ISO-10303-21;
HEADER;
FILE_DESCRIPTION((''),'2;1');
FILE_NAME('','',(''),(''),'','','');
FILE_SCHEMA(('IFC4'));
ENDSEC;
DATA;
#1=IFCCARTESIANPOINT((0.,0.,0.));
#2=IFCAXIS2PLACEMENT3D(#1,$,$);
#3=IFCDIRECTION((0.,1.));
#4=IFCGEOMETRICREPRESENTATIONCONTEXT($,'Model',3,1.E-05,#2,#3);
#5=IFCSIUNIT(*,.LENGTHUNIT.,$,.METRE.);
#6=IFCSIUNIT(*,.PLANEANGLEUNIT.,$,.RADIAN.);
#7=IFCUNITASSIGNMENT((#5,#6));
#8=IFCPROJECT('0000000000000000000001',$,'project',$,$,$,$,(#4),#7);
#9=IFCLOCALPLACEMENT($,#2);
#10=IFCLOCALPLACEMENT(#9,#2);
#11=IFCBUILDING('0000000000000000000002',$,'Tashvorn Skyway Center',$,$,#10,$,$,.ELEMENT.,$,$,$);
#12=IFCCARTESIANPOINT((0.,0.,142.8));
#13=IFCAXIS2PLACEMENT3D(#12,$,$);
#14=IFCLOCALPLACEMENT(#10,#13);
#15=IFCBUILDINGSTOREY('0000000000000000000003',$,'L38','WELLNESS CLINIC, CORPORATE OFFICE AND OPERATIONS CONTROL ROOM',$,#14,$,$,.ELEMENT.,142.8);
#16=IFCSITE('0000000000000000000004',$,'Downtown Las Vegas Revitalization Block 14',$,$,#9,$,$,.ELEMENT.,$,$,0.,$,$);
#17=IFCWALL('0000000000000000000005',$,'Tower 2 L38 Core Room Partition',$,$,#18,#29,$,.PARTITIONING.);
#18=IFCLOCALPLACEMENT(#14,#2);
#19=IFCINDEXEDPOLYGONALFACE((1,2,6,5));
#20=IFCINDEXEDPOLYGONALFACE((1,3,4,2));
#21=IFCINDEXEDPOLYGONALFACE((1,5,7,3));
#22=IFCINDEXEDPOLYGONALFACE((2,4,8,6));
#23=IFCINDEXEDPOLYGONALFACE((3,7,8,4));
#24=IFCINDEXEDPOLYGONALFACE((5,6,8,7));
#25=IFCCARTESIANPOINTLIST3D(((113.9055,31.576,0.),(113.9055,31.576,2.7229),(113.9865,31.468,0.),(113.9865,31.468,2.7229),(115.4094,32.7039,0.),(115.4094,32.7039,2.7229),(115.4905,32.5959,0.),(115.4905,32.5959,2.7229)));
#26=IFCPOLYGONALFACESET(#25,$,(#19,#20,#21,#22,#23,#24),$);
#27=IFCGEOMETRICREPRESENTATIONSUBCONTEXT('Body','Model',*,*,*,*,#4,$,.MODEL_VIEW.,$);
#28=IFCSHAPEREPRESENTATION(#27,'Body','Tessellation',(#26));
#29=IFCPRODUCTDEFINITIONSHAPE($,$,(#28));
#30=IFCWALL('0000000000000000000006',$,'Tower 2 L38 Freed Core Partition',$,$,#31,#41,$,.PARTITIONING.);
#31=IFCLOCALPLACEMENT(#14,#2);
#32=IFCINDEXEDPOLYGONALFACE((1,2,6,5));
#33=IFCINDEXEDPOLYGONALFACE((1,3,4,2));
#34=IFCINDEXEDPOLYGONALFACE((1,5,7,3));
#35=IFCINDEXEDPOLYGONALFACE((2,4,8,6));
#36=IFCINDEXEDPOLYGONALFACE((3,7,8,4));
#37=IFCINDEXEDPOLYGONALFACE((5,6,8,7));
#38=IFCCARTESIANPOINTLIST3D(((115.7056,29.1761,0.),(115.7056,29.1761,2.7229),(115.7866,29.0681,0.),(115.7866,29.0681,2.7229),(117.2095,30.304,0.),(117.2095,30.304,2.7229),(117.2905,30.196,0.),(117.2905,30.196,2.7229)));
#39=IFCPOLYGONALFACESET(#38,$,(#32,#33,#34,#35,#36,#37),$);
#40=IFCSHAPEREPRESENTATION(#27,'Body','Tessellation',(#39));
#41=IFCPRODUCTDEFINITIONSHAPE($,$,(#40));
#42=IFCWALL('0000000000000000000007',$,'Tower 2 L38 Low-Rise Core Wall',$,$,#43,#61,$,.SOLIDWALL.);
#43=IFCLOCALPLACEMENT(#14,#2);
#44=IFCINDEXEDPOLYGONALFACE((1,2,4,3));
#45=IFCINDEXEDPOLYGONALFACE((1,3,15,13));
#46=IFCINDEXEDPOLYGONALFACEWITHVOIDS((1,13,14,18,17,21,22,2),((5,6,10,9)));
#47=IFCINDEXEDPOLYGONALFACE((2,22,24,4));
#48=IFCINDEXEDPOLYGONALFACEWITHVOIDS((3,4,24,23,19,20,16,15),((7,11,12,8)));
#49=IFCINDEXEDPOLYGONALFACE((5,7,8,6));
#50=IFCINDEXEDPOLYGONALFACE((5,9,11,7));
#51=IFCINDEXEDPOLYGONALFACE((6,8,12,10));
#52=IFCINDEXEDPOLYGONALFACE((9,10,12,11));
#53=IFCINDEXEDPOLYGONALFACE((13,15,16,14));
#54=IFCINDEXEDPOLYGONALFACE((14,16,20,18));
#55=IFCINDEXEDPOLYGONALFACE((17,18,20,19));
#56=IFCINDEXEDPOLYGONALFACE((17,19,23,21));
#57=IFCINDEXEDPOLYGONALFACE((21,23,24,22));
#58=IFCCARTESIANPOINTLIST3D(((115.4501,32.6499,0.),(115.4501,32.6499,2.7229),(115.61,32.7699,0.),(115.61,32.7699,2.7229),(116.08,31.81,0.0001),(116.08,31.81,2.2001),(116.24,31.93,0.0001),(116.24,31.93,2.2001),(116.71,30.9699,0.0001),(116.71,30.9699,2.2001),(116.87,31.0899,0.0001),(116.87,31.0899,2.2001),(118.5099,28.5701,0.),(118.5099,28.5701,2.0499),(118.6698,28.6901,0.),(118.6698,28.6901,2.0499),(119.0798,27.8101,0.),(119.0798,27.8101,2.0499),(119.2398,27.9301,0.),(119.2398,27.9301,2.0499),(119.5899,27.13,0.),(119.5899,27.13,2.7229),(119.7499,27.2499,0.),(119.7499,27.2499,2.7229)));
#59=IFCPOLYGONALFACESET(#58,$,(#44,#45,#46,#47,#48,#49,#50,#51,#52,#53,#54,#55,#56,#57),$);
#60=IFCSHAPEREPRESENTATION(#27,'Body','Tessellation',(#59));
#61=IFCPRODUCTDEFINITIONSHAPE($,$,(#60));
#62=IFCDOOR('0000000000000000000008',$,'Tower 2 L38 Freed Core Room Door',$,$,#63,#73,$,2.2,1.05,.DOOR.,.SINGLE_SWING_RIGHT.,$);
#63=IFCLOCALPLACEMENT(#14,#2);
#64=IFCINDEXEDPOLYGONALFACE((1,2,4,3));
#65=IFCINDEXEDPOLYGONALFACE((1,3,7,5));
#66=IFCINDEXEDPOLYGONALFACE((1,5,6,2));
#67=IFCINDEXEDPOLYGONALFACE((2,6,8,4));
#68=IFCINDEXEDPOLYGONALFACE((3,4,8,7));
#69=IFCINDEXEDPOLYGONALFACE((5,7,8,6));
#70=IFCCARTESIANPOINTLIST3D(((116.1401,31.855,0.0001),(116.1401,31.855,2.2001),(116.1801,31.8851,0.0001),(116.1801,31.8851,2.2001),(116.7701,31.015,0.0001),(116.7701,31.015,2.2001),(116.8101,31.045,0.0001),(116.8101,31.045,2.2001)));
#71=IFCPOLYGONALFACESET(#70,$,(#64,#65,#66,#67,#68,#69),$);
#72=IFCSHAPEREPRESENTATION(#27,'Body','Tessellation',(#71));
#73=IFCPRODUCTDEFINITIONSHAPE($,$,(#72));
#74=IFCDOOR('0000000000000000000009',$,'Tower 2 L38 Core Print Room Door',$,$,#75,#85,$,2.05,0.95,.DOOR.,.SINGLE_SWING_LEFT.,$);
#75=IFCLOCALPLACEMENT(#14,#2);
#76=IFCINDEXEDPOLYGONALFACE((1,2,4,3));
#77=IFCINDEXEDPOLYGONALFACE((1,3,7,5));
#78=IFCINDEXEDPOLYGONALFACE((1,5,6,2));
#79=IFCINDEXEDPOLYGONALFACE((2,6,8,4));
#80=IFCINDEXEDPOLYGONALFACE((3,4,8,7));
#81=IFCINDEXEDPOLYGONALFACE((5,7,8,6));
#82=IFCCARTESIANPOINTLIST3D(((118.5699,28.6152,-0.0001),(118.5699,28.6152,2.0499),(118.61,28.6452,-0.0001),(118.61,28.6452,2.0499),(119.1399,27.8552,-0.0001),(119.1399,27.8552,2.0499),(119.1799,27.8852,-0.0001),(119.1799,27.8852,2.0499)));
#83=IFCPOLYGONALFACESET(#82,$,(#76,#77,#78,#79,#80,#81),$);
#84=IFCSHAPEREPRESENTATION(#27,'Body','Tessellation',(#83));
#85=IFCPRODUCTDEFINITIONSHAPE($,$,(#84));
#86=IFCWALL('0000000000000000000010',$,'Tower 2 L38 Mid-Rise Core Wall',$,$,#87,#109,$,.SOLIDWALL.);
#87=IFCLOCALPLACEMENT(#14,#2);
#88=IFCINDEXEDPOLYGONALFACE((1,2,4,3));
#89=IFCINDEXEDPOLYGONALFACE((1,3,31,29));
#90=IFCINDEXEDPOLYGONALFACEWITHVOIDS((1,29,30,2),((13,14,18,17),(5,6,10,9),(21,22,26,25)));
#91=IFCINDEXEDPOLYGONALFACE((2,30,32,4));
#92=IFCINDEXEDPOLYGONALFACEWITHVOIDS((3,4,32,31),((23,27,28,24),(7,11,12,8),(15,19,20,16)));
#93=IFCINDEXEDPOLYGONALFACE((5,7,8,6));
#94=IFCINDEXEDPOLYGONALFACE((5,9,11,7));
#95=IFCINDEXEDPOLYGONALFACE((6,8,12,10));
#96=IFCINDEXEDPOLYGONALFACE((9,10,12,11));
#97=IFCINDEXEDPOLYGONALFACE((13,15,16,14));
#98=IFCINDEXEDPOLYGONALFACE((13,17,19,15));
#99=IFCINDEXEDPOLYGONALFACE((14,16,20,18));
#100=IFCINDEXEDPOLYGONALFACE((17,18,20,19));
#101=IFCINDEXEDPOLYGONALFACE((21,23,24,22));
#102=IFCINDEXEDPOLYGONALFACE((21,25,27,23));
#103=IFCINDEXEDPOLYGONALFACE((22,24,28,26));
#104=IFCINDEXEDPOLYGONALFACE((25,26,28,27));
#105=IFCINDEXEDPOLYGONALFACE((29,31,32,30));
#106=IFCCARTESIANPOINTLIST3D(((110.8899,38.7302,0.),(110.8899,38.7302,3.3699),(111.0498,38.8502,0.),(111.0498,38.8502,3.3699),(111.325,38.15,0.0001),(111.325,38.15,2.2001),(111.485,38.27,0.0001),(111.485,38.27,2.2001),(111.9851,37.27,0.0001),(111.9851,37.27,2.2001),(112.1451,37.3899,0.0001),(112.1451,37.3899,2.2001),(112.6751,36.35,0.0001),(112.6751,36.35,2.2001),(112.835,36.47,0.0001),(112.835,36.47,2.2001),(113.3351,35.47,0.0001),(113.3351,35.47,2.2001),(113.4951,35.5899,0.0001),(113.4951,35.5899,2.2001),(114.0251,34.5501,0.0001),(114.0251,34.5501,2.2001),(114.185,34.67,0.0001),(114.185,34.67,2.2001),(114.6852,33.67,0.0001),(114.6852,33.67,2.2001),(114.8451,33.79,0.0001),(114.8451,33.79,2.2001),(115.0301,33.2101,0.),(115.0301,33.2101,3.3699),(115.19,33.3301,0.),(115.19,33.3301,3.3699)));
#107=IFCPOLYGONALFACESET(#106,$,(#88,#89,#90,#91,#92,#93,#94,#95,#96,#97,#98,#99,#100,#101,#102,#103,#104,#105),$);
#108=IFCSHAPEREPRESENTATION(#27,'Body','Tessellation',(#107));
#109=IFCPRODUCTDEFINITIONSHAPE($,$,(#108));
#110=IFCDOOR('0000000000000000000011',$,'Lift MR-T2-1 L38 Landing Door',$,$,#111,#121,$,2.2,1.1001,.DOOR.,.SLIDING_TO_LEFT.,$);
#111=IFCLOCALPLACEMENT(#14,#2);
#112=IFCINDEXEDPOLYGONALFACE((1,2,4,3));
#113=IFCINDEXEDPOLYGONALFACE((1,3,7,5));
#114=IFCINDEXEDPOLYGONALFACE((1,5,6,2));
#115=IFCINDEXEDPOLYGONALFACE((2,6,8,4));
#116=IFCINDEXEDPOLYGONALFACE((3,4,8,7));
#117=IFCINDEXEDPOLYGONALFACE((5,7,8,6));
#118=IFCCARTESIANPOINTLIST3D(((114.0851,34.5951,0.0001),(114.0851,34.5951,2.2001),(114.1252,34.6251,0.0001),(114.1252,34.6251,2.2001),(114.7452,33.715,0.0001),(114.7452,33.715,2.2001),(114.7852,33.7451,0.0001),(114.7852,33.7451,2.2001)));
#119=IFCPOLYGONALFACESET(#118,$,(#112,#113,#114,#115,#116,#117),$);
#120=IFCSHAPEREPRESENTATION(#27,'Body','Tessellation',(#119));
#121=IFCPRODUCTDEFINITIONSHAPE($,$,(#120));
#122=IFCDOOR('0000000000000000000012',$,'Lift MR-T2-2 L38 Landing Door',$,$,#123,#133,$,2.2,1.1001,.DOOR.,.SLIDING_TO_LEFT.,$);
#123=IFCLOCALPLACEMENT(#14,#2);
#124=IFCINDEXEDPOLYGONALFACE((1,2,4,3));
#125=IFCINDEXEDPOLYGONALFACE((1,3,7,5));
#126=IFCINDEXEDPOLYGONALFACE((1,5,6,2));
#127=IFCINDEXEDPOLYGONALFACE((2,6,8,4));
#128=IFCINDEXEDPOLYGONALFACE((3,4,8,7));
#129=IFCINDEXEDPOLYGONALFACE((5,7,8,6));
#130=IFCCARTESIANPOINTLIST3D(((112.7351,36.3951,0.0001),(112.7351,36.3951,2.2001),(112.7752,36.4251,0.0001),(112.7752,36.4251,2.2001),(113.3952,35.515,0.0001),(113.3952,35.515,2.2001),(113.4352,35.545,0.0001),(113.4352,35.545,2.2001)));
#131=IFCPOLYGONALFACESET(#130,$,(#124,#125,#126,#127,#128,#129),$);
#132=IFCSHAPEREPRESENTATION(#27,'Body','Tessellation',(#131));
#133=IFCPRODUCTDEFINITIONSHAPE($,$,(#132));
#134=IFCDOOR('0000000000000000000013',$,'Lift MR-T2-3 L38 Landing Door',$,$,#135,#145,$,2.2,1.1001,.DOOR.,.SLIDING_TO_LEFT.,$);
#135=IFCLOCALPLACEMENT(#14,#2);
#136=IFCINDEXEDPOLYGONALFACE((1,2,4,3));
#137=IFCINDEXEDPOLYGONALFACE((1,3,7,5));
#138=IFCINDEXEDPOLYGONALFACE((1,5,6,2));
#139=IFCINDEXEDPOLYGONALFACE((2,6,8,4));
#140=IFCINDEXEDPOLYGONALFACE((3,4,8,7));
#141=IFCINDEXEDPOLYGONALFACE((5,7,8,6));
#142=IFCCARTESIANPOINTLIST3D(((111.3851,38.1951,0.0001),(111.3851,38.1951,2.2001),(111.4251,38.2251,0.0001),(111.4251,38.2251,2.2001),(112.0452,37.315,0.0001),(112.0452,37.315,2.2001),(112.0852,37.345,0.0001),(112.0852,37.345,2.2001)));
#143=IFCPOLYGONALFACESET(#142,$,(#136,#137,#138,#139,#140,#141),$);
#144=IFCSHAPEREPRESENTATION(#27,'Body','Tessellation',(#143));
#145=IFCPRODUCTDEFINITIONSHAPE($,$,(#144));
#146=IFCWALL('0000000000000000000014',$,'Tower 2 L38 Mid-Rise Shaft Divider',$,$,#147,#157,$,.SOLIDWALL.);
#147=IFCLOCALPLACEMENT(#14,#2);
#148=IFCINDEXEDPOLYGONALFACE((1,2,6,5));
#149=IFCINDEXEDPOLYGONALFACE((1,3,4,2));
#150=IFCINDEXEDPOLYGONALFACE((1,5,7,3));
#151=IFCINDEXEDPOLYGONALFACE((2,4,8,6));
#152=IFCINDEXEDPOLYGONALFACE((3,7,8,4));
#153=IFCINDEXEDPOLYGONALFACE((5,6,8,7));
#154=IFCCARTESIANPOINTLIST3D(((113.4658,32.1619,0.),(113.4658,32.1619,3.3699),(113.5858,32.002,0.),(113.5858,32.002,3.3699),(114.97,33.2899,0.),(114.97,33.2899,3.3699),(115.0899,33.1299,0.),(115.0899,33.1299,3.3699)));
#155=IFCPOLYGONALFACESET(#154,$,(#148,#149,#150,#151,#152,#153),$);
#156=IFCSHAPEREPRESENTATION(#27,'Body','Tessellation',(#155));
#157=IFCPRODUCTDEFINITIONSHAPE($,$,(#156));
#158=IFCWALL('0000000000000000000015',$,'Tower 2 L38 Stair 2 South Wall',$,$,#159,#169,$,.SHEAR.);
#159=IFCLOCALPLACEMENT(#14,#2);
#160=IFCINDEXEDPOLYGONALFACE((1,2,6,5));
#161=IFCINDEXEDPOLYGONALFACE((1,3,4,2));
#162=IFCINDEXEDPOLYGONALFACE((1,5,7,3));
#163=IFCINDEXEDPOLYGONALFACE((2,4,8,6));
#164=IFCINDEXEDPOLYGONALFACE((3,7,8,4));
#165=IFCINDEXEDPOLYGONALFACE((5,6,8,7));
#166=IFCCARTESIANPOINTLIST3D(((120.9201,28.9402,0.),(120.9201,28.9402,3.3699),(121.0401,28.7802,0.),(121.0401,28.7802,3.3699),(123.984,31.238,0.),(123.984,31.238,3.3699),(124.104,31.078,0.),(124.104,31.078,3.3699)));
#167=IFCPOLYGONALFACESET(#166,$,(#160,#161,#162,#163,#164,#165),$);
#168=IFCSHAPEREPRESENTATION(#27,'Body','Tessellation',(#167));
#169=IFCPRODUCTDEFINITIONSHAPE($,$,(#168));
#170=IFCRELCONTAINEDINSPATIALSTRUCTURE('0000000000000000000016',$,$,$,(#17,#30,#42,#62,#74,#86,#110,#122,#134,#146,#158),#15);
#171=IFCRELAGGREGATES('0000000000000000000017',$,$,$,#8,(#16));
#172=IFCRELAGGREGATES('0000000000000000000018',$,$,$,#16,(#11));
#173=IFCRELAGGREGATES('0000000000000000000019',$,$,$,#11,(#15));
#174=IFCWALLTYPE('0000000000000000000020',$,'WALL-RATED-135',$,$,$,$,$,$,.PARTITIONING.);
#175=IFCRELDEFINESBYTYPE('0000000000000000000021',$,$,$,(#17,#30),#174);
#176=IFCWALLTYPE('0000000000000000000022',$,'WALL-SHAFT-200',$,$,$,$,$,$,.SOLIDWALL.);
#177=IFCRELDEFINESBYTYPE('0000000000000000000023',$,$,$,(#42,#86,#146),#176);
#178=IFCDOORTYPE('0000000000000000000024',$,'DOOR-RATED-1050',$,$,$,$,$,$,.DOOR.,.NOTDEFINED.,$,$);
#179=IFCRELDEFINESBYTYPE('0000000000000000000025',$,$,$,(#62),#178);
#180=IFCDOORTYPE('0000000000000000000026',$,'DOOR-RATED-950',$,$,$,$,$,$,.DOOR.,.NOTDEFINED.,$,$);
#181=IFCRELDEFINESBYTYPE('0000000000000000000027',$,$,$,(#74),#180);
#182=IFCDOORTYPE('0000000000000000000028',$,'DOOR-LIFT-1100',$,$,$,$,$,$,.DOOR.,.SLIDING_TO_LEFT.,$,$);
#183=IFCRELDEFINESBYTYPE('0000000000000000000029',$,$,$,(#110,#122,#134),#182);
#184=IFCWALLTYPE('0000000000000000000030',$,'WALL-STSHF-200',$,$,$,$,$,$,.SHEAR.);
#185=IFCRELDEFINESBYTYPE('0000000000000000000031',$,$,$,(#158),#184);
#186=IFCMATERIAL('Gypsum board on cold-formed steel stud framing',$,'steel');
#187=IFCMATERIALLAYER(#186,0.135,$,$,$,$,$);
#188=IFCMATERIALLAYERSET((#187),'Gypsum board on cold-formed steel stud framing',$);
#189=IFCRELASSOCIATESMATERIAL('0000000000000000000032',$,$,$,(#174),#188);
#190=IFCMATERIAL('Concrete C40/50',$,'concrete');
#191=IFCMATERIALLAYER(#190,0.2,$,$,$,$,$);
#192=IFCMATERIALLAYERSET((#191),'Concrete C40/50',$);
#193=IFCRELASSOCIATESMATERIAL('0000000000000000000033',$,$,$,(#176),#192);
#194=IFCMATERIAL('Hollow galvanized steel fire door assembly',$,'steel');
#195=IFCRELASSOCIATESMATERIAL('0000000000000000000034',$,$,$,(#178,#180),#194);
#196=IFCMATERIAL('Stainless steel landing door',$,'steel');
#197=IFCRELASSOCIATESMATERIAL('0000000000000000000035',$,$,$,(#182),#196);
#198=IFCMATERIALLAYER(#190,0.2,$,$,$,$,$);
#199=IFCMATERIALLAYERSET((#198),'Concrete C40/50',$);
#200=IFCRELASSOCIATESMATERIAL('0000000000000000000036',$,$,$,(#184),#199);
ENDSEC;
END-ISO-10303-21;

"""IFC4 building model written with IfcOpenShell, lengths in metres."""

from ifc_helpers import new_model, si_unit, direction, frame, frame_2d, origin, place, context, subcontext, project, spatial, rectangle, extrude, material, layer, layer_set, type_object, element, fill, save


model = new_model("IFC4")

# Units and contexts
model_context = context("Model", 3, precision=1e-05, world=origin(), true_north=direction((0.0, 1.0)))
body_context = subcontext(model_context, "Body", "Model", "MODEL_VIEW")
ifc_project = project(units=[si_unit("LENGTHUNIT", "METRE"), si_unit("PLANEANGLEUNIT", "RADIAN")], contexts=[model_context])

# Site, building, storey
site_placement = place(None, origin())
site = spatial("IfcSite", under=ifc_project, at=site_placement, Name="Downtown Las Vegas Revitalization Block 14", CompositionType="ELEMENT", RefElevation=0.0)
building_placement = place(site_placement, origin())
building = spatial("IfcBuilding", under=site, at=building_placement, Name="Tashvorn Skyway Center", CompositionType="ELEMENT")
storey_placement = place(building_placement, frame((0.0, 0.0, 142.8)))
storey = spatial("IfcBuildingStorey", under=building, at=storey_placement, Name="L38", Description="WELLNESS CLINIC, CORPORATE OFFICE AND OPERATIONS CONTROL ROOM", CompositionType="ELEMENT", Elevation=142.8)

# Walls
ifc_material_1 = material(Name="Gypsum board on cold-formed steel stud framing", Category="steel")
ifc_layer_1 = layer(ifc_material_1, 0.135)
ifc_layer_set_1 = layer_set([ifc_layer_1], Name="Gypsum board on cold-formed steel stud framing")
wall_type_1 = type_object("IfcWallType", Name="WALL-RATED-135", PredefinedType="PARTITIONING", material=ifc_layer_set_1)
for number, where, z_axis, x_axis, name in (
    (1, (113.946, 31.522, 0.0), (0.0, 0.0, 1.0), (0.8, 0.6, 0.0), "Tower 2 L38 Core Room Partition"),
    (2, (115.7461, 29.1221, 0.0), (0.0, 0.0, 1.0), (0.8, 0.6, 0.0), "Tower 2 L38 Freed Core Partition"),
):
    element("IfcWall", number, at=place(storey_placement, frame(where, z_axis=z_axis, x_axis=x_axis)), inside=storey, type_object=wall_type_1, Name=name, PredefinedType="PARTITIONING", context=body_context, shape_type="SweptSolid", body=[
        extrude(rectangle(XDim=1.8799, YDim=0.135, at=frame_2d((0.9399, 0.0))), origin(), (0.0, 0.0, 1.0), 2.7229),
    ])

# Walls, openings, doors
ifc_material_2 = material(Name="Concrete C40/50", Category="concrete")
ifc_layer_2 = layer(ifc_material_2, 0.2)
ifc_layer_set_2 = layer_set([ifc_layer_2], Name="Concrete C40/50")
wall_type_2 = type_object("IfcWallType", Name="WALL-SHAFT-200", PredefinedType="SOLIDWALL", material=ifc_layer_set_2)
wall_1_placement = place(storey_placement, frame((119.6699, 27.1899, 0.0), z_axis=(0.0, 0.0, 1.0), x_axis=(-0.599989, 0.800008, 0.0)))
wall_1 = element("IfcWall", 3, at=wall_1_placement, inside=storey, type_object=wall_type_2, Name="Tower 2 L38 Low-Rise Core Wall", PredefinedType="SOLIDWALL", context=body_context, shape_type="SweptSolid", body=[
    extrude(rectangle(XDim=6.8999, YDim=0.2, at=frame_2d((3.45, 0.0))), origin(), (0.0, 0.0, 1.0), 2.7229),
])
opening_1_placement = place(wall_1_placement, frame((0.8501, 0.0, 0.0)))
opening_1 = element("IfcOpeningElement", 4, at=opening_1_placement, cuts=wall_1, PredefinedType="OPENING", context=body_context, shape_type="SweptSolid", body=[
    extrude(rectangle(XDim=0.95, YDim=2.05, at=frame_2d((0.4751, 1.0249))), frame((0.0, 0.1099, 0.0), z_axis=(0.0, -1.0, 0.0), x_axis=(1.0, 0.0, 0.0)), (0.0, 0.0, 1.0), 0.22),
])
opening_2_placement = place(wall_1_placement, frame((4.8, 0.0, 0.0)))
opening_2 = element("IfcOpeningElement", 5, at=opening_2_placement, cuts=wall_1, PredefinedType="OPENING", context=body_context, shape_type="SweptSolid", body=[
    extrude(rectangle(XDim=1.05, YDim=2.2, at=frame_2d((0.5249, 1.1001))), frame((0.0, 0.1099, 0.0), z_axis=(0.0, -1.0, 0.0), x_axis=(1.0, 0.0, 0.0)), (0.0, 0.0, 1.0), 0.22),
])
ifc_material_3 = material(Name="Hollow galvanized steel fire door assembly", Category="steel")
door_type_1 = type_object("IfcDoorType", Name="DOOR-RATED-1050", OperationType="NOTDEFINED", PredefinedType="DOOR", material=ifc_material_3)
door_1_placement = place(opening_2_placement, origin())
door_1 = element("IfcDoor", 6, at=door_1_placement, inside=storey, type_object=door_type_1, Name="Tower 2 L38 Freed Core Room Door", OperationType="SINGLE_SWING_RIGHT", OverallHeight=2.2, OverallWidth=1.05, PredefinedType="DOOR", context=body_context, shape_type="SweptSolid", body=[
    extrude(rectangle(XDim=1.05, YDim=2.2, at=frame_2d((0.5249, 1.1001))), frame((0.0, 0.0249, 0.0), z_axis=(0.0, -1.0, 0.0), x_axis=(1.0, 0.0, 0.0)), (0.0, 0.0, 1.0), 0.05),
])
fill(opening_2, door_1)
door_type_2 = type_object("IfcDoorType", Name="DOOR-RATED-950", OperationType="NOTDEFINED", PredefinedType="DOOR", material=ifc_material_3)
door_2_placement = place(opening_1_placement, origin())
door_2 = element("IfcDoor", 7, at=door_2_placement, inside=storey, type_object=door_type_2, Name="Tower 2 L38 Core Print Room Door", OperationType="SINGLE_SWING_LEFT", OverallHeight=2.05, OverallWidth=0.95, PredefinedType="DOOR", context=body_context, shape_type="SweptSolid", body=[
    extrude(rectangle(XDim=0.95, YDim=2.05, at=frame_2d((0.4751, 1.0249))), frame((0.0, 0.0249, 0.0), z_axis=(0.0, -1.0, 0.0), x_axis=(1.0, 0.0, 0.0)), (0.0, 0.0, 1.0), 0.05),
])
fill(opening_1, door_2)
wall_2_placement = place(storey_placement, frame((115.1101, 33.27, 0.0), z_axis=(0.0, 0.0, 1.0), x_axis=(-0.600011, 0.799992, 0.0)))
wall_2 = element("IfcWall", 8, at=wall_2_placement, inside=storey, type_object=wall_type_2, Name="Tower 2 L38 Mid-Rise Core Wall", PredefinedType="SOLIDWALL", context=body_context, shape_type="SweptSolid", body=[
    extrude(rectangle(XDim=6.9001, YDim=0.2, at=frame_2d((3.4502, 0.0))), origin(), (0.0, 0.0, 1.0), 3.3699),
])
opening_3_placement = place(wall_2_placement, frame((0.575, 0.0, 0.0)))
opening_3 = element("IfcOpeningElement", 9, at=opening_3_placement, cuts=wall_2, PredefinedType="OPENING", context=body_context, shape_type="SweptSolid", body=[
    extrude(rectangle(XDim=1.1001, YDim=2.2, at=frame_2d((0.55, 1.1001))), frame((0.0, 0.1099, 0.0), z_axis=(0.0, -1.0, 0.0), x_axis=(1.0, 0.0, 0.0)), (0.0, 0.0, 1.0), 0.22),
])
opening_4_placement = place(wall_2_placement, frame((2.825, 0.0, 0.0)))
opening_4 = element("IfcOpeningElement", 10, at=opening_4_placement, cuts=wall_2, PredefinedType="OPENING", context=body_context, shape_type="SweptSolid", body=[
    extrude(rectangle(XDim=1.1001, YDim=2.2, at=frame_2d((0.55, 1.1001))), frame((0.0, 0.1099, 0.0), z_axis=(0.0, -1.0, 0.0), x_axis=(1.0, 0.0, 0.0)), (0.0, 0.0, 1.0), 0.22),
])
opening_5_placement = place(wall_2_placement, frame((5.075, 0.0, 0.0)))
opening_5 = element("IfcOpeningElement", 11, at=opening_5_placement, cuts=wall_2, PredefinedType="OPENING", context=body_context, shape_type="SweptSolid", body=[
    extrude(rectangle(XDim=1.1001, YDim=2.2, at=frame_2d((0.55, 1.1001))), frame((0.0, 0.1099, 0.0), z_axis=(0.0, -1.0, 0.0), x_axis=(1.0, 0.0, 0.0)), (0.0, 0.0, 1.0), 0.22),
])
ifc_material_4 = material(Name="Stainless steel landing door", Category="steel")
door_type_3 = type_object("IfcDoorType", Name="DOOR-LIFT-1100", OperationType="SLIDING_TO_LEFT", PredefinedType="DOOR", material=ifc_material_4)
door_3_placement = place(opening_3_placement, origin())
door_3 = element("IfcDoor", 12, at=door_3_placement, inside=storey, type_object=door_type_3, Name="Lift MR-T2-1 L38 Landing Door", OperationType="SLIDING_TO_LEFT", OverallHeight=2.2, OverallWidth=1.1001, PredefinedType="DOOR", context=body_context, shape_type="SweptSolid", body=[
    extrude(rectangle(XDim=1.1001, YDim=2.2, at=frame_2d((0.55, 1.1001))), frame((0.0, 0.0249, 0.0), z_axis=(0.0, -1.0, 0.0), x_axis=(1.0, 0.0, 0.0)), (0.0, 0.0, 1.0), 0.05),
])
fill(opening_3, door_3)
door_4_placement = place(opening_4_placement, origin())
door_4 = element("IfcDoor", 13, at=door_4_placement, inside=storey, type_object=door_type_3, Name="Lift MR-T2-2 L38 Landing Door", OperationType="SLIDING_TO_LEFT", OverallHeight=2.2, OverallWidth=1.1001, PredefinedType="DOOR", context=body_context, shape_type="SweptSolid", body=[
    extrude(rectangle(XDim=1.1001, YDim=2.2, at=frame_2d((0.55, 1.1001))), frame((0.0, 0.0249, 0.0), z_axis=(0.0, -1.0, 0.0), x_axis=(1.0, 0.0, 0.0)), (0.0, 0.0, 1.0), 0.05),
])
fill(opening_4, door_4)
door_5_placement = place(opening_5_placement, origin())
door_5 = element("IfcDoor", 14, at=door_5_placement, inside=storey, type_object=door_type_3, Name="Lift MR-T2-3 L38 Landing Door", OperationType="SLIDING_TO_LEFT", OverallHeight=2.2, OverallWidth=1.1001, PredefinedType="DOOR", context=body_context, shape_type="SweptSolid", body=[
    extrude(rectangle(XDim=1.1001, YDim=2.2, at=frame_2d((0.55, 1.1001))), frame((0.0, 0.0249, 0.0), z_axis=(0.0, -1.0, 0.0), x_axis=(1.0, 0.0, 0.0)), (0.0, 0.0, 1.0), 0.05),
])
fill(opening_5, door_5)

# Walls
wall_3_placement = place(storey_placement, frame((113.5259, 32.082, 0.0), z_axis=(0.0, 0.0, 1.0), x_axis=(0.800047, 0.599938, 0.0)))
element("IfcWall", 15, at=wall_3_placement, inside=storey, type_object=wall_type_2, Name="Tower 2 L38 Mid-Rise Shaft Divider", PredefinedType="SOLIDWALL", context=body_context, shape_type="SweptSolid", body=[
    extrude(rectangle(XDim=1.8801, YDim=0.2, at=frame_2d((0.9399, 0.0))), origin(), (0.0, 0.0, 1.0), 3.3699),
])
ifc_layer_3 = layer(ifc_material_2, 0.2)
ifc_layer_set_3 = layer_set([ifc_layer_3], Name="Concrete C40/50")
wall_type_3 = type_object("IfcWallType", Name="WALL-STSHF-200", PredefinedType="SHEAR", material=ifc_layer_set_3)
wall_4_placement = place(storey_placement, frame((120.98, 28.8601, 0.0), z_axis=(0.0, 0.0, 1.0), x_axis=(0.800015, 0.59998, 0.0)))
element("IfcWall", 16, at=wall_4_placement, inside=storey, type_object=wall_type_3, Name="Tower 2 L38 Stair 2 South Wall", PredefinedType="SHEAR", context=body_context, shape_type="SweptSolid", body=[
    extrude(rectangle(XDim=3.8298, YDim=0.2, at=frame_2d((1.915, 0.0))), origin(), (0.0, 0.0, 1.0), 3.3699),
])

save(model, "model.ifc")
